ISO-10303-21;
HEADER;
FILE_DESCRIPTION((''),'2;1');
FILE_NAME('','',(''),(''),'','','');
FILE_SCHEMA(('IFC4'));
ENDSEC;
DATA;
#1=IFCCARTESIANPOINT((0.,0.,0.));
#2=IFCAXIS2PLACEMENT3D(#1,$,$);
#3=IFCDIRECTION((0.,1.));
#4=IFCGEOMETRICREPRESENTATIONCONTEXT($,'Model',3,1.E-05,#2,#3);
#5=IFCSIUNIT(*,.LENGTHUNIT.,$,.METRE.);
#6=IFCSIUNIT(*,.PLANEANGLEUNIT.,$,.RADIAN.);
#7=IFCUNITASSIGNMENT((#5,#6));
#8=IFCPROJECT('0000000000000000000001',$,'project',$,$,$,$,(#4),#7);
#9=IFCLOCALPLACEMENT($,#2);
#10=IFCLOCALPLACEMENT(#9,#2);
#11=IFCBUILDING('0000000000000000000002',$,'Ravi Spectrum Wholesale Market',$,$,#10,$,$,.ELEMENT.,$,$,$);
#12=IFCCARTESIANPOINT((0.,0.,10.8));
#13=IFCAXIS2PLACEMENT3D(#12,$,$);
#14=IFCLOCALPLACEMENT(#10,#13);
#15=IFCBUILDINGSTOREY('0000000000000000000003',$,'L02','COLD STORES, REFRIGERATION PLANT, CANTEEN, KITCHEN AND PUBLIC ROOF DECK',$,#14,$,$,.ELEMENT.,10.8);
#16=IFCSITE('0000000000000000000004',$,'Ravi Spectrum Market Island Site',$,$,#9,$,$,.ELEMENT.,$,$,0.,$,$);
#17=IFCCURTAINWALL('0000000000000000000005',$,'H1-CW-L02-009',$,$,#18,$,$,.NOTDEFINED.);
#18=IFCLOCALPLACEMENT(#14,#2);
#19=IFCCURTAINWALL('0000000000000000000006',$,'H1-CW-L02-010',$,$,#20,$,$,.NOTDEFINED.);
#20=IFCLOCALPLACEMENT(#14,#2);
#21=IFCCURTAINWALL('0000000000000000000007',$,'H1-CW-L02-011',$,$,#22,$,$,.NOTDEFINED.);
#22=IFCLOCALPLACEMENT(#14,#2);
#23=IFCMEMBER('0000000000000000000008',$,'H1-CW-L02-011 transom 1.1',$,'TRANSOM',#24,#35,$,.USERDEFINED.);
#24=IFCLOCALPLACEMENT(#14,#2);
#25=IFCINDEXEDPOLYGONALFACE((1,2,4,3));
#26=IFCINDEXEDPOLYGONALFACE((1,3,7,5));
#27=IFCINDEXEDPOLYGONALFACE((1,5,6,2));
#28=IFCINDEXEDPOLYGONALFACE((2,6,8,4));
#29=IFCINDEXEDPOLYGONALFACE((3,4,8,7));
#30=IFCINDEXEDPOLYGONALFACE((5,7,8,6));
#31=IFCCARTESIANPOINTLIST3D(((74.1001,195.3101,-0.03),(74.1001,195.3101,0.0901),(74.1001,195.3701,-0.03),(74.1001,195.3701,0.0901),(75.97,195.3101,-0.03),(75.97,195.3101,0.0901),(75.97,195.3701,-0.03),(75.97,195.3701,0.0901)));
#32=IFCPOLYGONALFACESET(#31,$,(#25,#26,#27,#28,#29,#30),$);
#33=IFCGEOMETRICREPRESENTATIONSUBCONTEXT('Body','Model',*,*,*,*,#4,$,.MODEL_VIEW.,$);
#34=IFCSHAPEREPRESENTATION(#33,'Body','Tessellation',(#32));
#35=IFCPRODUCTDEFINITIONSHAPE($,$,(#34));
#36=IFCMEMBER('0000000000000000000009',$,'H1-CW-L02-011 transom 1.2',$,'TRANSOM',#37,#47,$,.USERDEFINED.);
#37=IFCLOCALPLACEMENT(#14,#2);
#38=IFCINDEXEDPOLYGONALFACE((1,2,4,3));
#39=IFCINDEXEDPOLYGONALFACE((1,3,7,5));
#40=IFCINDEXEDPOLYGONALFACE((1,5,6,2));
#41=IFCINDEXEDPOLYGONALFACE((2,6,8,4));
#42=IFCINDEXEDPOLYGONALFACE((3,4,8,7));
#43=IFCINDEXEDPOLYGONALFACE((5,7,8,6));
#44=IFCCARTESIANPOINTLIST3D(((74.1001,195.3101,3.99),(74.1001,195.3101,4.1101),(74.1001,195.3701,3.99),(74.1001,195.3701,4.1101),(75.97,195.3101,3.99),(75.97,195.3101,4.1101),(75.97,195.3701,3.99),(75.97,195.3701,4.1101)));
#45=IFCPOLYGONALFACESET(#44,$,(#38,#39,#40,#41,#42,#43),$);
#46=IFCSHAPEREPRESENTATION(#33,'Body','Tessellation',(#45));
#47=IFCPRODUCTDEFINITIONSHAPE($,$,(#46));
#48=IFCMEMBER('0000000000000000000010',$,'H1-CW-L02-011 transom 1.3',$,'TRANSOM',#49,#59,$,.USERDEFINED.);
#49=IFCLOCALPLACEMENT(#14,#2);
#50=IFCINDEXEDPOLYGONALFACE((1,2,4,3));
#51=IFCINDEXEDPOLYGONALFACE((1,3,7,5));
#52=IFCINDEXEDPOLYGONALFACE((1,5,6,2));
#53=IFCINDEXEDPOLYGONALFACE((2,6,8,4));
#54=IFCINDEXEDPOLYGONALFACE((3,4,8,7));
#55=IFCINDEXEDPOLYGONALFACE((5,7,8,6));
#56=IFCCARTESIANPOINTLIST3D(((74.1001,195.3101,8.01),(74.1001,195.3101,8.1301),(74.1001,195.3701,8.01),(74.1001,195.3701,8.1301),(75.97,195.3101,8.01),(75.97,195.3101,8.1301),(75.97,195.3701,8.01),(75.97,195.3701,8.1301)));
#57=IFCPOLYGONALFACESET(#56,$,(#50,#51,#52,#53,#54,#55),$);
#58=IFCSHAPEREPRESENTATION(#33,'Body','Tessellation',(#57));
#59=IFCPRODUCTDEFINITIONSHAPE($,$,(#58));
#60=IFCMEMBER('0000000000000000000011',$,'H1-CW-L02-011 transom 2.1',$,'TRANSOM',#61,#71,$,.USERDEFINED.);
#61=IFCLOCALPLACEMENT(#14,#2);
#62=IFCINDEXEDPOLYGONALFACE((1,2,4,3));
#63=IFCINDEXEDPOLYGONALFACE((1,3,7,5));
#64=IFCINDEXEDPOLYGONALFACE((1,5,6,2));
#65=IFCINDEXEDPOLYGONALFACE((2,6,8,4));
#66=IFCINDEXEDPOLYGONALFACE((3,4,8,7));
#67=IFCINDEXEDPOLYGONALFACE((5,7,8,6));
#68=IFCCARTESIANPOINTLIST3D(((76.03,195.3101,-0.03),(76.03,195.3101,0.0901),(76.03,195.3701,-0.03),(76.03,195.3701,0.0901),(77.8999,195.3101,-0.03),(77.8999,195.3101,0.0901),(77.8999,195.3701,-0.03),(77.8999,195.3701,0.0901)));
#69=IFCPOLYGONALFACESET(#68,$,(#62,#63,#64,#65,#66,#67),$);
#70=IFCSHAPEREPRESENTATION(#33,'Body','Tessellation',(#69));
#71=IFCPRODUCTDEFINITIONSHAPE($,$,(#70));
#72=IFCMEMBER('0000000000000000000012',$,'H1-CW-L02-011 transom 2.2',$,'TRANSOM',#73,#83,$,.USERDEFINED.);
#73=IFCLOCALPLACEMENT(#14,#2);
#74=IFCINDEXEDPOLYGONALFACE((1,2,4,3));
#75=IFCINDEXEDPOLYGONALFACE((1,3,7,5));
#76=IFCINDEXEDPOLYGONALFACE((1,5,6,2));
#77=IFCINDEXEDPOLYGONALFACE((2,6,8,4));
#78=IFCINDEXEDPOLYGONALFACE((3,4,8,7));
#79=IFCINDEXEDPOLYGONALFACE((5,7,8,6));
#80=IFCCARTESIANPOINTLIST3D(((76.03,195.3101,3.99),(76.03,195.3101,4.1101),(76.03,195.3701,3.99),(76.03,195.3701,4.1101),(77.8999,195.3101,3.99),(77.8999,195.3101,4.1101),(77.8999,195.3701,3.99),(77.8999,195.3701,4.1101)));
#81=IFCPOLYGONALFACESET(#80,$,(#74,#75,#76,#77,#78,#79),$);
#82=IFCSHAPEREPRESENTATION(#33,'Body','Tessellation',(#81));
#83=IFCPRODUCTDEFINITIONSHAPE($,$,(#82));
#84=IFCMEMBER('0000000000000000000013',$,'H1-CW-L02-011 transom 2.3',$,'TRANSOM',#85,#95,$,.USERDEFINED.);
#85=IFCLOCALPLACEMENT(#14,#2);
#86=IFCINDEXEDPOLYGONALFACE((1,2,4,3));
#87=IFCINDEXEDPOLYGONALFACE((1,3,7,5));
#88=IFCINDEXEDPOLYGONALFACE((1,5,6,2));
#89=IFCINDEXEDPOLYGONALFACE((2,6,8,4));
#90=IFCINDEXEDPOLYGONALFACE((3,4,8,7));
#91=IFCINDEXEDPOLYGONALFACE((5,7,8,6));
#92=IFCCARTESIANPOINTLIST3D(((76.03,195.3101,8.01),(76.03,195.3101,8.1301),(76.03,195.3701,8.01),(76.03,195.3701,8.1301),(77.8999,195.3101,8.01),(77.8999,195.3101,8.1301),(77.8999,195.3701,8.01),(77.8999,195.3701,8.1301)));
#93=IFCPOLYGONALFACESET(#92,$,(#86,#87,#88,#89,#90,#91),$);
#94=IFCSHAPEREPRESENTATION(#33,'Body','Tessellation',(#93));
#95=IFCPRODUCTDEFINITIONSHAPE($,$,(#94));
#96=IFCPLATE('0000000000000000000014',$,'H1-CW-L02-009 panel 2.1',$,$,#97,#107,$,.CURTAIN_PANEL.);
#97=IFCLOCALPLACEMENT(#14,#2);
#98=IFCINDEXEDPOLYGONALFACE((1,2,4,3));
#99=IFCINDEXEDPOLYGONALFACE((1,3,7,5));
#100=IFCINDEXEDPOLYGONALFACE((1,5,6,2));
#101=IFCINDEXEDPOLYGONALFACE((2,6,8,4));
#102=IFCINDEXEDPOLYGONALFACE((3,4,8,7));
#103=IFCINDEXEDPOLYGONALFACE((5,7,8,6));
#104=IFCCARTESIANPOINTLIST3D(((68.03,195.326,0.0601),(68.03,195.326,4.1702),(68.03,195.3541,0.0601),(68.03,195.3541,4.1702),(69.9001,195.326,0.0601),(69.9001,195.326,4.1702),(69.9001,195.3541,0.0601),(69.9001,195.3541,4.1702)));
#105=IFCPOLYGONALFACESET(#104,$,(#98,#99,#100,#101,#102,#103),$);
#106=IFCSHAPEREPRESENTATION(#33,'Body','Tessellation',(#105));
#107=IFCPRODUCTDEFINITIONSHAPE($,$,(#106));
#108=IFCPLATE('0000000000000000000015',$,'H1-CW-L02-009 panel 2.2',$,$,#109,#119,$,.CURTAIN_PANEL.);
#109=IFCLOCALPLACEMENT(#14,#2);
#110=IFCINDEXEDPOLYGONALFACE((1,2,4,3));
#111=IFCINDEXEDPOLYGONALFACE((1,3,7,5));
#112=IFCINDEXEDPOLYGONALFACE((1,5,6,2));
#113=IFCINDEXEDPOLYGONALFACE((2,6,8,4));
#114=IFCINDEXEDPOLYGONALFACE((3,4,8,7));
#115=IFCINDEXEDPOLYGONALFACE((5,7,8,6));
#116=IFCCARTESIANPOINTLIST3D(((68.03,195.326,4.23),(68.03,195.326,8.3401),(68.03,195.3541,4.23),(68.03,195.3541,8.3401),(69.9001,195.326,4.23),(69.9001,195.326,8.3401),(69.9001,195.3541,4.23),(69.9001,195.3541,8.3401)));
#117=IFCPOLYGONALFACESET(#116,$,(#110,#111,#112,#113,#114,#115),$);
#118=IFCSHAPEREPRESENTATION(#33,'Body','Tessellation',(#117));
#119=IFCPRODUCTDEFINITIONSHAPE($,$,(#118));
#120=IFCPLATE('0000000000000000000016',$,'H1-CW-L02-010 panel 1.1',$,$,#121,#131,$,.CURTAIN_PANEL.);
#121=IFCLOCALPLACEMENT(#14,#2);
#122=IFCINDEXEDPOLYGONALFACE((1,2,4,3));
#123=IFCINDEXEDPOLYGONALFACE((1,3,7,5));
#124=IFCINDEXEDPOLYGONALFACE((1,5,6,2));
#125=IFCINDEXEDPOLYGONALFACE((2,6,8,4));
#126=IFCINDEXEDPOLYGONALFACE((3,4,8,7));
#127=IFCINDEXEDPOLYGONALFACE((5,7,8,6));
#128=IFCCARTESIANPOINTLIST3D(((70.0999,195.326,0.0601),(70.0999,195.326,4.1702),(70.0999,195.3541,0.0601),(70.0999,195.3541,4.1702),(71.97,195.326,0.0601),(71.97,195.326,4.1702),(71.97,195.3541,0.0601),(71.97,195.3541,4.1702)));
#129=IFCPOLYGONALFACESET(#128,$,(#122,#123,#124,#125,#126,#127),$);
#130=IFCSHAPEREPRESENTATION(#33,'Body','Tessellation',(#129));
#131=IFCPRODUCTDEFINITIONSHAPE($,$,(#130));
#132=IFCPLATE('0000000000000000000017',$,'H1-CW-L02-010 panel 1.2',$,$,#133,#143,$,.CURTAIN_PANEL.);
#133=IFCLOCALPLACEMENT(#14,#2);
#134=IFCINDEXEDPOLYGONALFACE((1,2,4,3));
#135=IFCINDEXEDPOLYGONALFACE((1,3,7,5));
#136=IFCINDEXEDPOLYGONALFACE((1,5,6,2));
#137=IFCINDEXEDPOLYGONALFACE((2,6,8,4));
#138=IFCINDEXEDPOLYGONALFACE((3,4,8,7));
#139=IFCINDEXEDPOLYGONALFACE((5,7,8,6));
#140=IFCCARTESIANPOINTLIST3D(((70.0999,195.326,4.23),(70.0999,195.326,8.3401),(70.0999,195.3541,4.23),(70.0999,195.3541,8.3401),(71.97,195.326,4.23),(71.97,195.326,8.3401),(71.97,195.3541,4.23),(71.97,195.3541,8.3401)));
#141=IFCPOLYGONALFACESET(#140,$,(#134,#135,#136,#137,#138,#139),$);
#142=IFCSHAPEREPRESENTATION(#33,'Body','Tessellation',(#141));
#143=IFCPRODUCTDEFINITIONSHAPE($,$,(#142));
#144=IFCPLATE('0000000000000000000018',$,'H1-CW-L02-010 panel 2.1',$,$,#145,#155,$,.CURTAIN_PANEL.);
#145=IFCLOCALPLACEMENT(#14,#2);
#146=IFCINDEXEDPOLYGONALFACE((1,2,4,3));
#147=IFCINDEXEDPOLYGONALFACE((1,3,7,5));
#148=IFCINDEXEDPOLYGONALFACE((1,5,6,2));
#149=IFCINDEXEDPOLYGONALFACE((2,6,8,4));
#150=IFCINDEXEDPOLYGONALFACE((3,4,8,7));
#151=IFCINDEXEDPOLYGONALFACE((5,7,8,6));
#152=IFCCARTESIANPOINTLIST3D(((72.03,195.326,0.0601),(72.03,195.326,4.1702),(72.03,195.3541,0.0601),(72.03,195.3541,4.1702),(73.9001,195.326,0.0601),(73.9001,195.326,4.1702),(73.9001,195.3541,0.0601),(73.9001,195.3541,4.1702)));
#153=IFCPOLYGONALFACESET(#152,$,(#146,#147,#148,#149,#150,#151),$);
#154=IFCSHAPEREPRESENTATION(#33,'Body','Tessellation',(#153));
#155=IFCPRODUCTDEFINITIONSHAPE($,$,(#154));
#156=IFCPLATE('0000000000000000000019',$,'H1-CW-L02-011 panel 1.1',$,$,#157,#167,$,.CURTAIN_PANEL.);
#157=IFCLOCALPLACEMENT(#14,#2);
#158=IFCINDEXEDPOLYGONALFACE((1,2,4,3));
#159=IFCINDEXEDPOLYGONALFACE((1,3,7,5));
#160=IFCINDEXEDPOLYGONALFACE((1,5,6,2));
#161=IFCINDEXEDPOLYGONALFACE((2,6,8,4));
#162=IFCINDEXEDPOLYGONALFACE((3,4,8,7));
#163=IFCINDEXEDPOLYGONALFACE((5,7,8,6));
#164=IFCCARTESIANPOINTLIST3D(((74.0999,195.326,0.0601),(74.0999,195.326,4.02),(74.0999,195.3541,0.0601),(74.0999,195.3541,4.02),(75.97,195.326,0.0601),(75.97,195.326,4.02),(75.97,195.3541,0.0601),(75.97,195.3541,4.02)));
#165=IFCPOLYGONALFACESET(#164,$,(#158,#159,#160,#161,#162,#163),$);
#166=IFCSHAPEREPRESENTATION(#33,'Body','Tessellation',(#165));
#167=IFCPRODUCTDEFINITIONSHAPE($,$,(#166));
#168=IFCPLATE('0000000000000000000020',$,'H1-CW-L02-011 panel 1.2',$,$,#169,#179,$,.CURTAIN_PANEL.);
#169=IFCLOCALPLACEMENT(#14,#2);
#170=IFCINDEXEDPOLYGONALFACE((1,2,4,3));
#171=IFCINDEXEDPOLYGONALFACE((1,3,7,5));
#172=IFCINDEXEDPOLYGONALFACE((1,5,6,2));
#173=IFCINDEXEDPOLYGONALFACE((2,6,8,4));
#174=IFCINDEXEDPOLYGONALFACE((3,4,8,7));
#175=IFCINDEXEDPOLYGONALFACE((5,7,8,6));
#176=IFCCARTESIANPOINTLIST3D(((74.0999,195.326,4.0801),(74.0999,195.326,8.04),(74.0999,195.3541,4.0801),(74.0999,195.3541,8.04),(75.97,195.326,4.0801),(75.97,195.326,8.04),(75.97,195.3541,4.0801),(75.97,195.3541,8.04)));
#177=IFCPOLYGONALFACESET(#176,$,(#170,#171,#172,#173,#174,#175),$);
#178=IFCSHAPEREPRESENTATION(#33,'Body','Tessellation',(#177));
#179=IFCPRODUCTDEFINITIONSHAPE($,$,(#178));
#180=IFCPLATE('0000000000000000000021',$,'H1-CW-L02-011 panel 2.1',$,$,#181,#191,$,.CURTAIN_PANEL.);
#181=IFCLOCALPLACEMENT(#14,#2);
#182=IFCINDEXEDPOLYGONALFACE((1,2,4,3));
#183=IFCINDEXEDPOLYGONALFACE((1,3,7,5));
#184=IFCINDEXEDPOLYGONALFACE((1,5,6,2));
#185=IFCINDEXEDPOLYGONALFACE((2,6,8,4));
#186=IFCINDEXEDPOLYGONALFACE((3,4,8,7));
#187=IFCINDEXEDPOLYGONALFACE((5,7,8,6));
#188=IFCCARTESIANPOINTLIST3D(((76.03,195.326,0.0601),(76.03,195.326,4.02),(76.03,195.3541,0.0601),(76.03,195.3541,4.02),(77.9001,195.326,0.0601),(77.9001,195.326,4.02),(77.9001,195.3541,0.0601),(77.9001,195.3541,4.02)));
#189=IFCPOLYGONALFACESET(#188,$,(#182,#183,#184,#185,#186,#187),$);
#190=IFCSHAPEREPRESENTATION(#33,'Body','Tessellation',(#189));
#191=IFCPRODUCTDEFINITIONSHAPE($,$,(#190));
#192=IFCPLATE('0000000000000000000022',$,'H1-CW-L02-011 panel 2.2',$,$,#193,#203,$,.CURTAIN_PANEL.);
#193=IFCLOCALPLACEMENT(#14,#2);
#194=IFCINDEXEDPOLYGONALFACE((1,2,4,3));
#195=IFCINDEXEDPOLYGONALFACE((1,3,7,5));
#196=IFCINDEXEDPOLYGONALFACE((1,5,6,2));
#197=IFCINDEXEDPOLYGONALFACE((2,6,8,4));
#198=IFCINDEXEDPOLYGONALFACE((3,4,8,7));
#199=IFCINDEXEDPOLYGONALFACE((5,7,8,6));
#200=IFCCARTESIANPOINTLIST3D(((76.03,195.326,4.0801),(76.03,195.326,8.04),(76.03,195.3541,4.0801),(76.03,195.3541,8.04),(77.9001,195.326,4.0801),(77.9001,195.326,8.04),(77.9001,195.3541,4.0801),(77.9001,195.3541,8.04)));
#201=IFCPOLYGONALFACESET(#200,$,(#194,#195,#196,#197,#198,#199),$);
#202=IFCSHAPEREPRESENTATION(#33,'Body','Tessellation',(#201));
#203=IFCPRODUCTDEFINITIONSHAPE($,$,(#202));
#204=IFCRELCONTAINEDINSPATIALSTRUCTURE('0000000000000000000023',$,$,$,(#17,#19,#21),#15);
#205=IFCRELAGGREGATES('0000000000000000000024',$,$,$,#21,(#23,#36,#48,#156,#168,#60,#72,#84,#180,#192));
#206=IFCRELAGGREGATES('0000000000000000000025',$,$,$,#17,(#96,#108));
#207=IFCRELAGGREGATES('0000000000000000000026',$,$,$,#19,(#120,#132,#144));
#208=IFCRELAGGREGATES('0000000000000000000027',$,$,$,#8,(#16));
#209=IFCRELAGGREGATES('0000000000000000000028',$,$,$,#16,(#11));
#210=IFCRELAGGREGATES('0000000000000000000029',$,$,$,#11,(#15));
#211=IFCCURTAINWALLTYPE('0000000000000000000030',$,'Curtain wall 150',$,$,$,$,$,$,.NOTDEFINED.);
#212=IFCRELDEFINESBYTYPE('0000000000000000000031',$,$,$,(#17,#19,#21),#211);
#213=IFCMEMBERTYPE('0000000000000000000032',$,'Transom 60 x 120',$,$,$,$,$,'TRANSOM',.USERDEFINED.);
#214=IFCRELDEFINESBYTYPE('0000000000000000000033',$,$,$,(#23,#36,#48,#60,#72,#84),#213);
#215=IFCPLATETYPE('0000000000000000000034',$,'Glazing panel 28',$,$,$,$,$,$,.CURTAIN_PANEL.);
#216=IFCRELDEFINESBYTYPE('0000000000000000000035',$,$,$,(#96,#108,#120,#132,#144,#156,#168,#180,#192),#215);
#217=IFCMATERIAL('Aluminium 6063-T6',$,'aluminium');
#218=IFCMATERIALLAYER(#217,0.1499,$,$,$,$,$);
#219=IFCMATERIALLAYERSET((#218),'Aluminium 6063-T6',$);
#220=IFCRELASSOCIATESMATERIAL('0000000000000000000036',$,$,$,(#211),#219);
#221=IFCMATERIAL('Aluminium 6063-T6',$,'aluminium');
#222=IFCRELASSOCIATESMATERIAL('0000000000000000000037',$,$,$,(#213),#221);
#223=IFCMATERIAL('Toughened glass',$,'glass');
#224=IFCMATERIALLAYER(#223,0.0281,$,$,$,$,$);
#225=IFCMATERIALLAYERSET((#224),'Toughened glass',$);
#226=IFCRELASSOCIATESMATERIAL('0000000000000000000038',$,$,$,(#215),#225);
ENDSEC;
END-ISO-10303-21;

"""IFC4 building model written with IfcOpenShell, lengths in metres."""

from ifc_helpers import new_model, si_unit, direction, frame, origin, origin_2d, place, context, subcontext, project, spatial, rectangle, extrude, material, layer, layer_set, material_profile, profile_set, type_object, element, aggregate, save


model = new_model("IFC4")

# Units and contexts
model_context = context("Model", 3, precision=1e-05, world=origin(), true_north=direction((0.0, 1.0)))
body_context = subcontext(model_context, "Body", "Model", "MODEL_VIEW")
ifc_project = project(units=[si_unit("LENGTHUNIT", "METRE"), si_unit("PLANEANGLEUNIT", "RADIAN")], contexts=[model_context])

# Site, building, storey
site_placement = place(None, origin())
site = spatial("IfcSite", under=ifc_project, at=site_placement, Name="Ravi Spectrum Market Island Site", CompositionType="ELEMENT", RefElevation=0.0)
building_placement = place(site_placement, origin())
building = spatial("IfcBuilding", under=site, at=building_placement, Name="Ravi Spectrum Wholesale Market", CompositionType="ELEMENT")
storey_placement = place(building_placement, frame((0.0, 0.0, 10.8)))
storey = spatial("IfcBuildingStorey", under=building, at=storey_placement, Name="L02", Description="COLD STORES, REFRIGERATION PLANT, CANTEEN, KITCHEN AND PUBLIC ROOF DECK", CompositionType="ELEMENT", Elevation=10.8)

# Curtain walls
ifc_material_1 = material(Name="Aluminium 6063-T6", Category="aluminium")
ifc_layer_1 = layer(ifc_material_1, 0.1499)
ifc_layer_set_1 = layer_set([ifc_layer_1], Name="Aluminium 6063-T6")
curtain_wall_type = type_object("IfcCurtainWallType", Name="Curtain wall 150", PredefinedType="NOTDEFINED", material=ifc_layer_set_1)
curtain_wall_1_placement = place(storey_placement, origin())
curtain_wall_1 = element("IfcCurtainWall", 1, at=curtain_wall_1_placement, inside=storey, type_object=curtain_wall_type, Name="H1-CW-L02-009", PredefinedType="NOTDEFINED")
curtain_wall_2_placement = place(storey_placement, origin())
curtain_wall_2 = element("IfcCurtainWall", 2, at=curtain_wall_2_placement, inside=storey, type_object=curtain_wall_type, Name="H1-CW-L02-010", PredefinedType="NOTDEFINED")
curtain_wall_3_placement = place(storey_placement, origin())
curtain_wall_3 = element("IfcCurtainWall", 3, at=curtain_wall_3_placement, inside=storey, type_object=curtain_wall_type, Name="H1-CW-L02-011", PredefinedType="NOTDEFINED")

# Members
ifc_material_2 = material(Name="Aluminium 6063-T6", Category="aluminium")
ifc_material_profile_1 = material_profile(ifc_material_2, rectangle(XDim=0.0601, YDim=0.1201, at=origin_2d()))
ifc_profile_set_1 = profile_set([ifc_material_profile_1], Name="Aluminium 6063-T6")
member_type_1 = type_object("IfcMemberType", Name="Transom 60 x 120", ElementType="TRANSOM", PredefinedType="USERDEFINED", material=ifc_profile_set_1)
member_1_placement = place(storey_placement, frame((74.1001, 195.3401, 0.03), z_axis=(1.0, 0.0, 0.0), x_axis=(0.0, 1.0, 0.0)))
member_1 = element("IfcMember", 4, at=member_1_placement, type_object=member_type_1, Name="H1-CW-L02-011 transom 1.1", ObjectType="TRANSOM", PredefinedType="USERDEFINED", context=body_context, shape_type="SweptSolid", body=[
    extrude(rectangle(XDim=0.0601, YDim=0.1201, at=origin_2d()), origin(), (0.0, 0.0, 1.0), 1.8699),
])
member_2_placement = place(storey_placement, frame((74.1001, 195.3401, 4.05), z_axis=(1.0, 0.0, 0.0), x_axis=(0.0, 1.0, 0.0)))
member_2 = element("IfcMember", 5, at=member_2_placement, type_object=member_type_1, Name="H1-CW-L02-011 transom 1.2", ObjectType="TRANSOM", PredefinedType="USERDEFINED", context=body_context, shape_type="SweptSolid", body=[
    extrude(rectangle(XDim=0.0601, YDim=0.1201, at=origin_2d()), origin(), (0.0, 0.0, 1.0), 1.8699),
])
member_3_placement = place(storey_placement, frame((74.1001, 195.3401, 8.0701), z_axis=(1.0, 0.0, 0.0), x_axis=(0.0, 1.0, 0.0)))
member_3 = element("IfcMember", 6, at=member_3_placement, type_object=member_type_1, Name="H1-CW-L02-011 transom 1.3", ObjectType="TRANSOM", PredefinedType="USERDEFINED", context=body_context, shape_type="SweptSolid", body=[
    extrude(rectangle(XDim=0.0601, YDim=0.1201, at=origin_2d()), origin(), (0.0, 0.0, 1.0), 1.8699),
])
member_4_placement = place(storey_placement, frame((76.03, 195.3401, 0.03), z_axis=(1.0, 0.0, 0.0), x_axis=(0.0, 1.0, 0.0)))
member_4 = element("IfcMember", 7, at=member_4_placement, type_object=member_type_1, Name="H1-CW-L02-011 transom 2.1", ObjectType="TRANSOM", PredefinedType="USERDEFINED", context=body_context, shape_type="SweptSolid", body=[
    extrude(rectangle(XDim=0.0601, YDim=0.1201, at=origin_2d()), origin(), (0.0, 0.0, 1.0), 1.8699),
])
member_5_placement = place(storey_placement, frame((76.03, 195.3401, 4.05), z_axis=(1.0, 0.0, 0.0), x_axis=(0.0, 1.0, 0.0)))
member_5 = element("IfcMember", 8, at=member_5_placement, type_object=member_type_1, Name="H1-CW-L02-011 transom 2.2", ObjectType="TRANSOM", PredefinedType="USERDEFINED", context=body_context, shape_type="SweptSolid", body=[
    extrude(rectangle(XDim=0.0601, YDim=0.1201, at=origin_2d()), origin(), (0.0, 0.0, 1.0), 1.8699),
])
member_6_placement = place(storey_placement, frame((76.03, 195.3401, 8.0701), z_axis=(1.0, 0.0, 0.0), x_axis=(0.0, 1.0, 0.0)))
member_6 = element("IfcMember", 9, at=member_6_placement, type_object=member_type_1, Name="H1-CW-L02-011 transom 2.3", ObjectType="TRANSOM", PredefinedType="USERDEFINED", context=body_context, shape_type="SweptSolid", body=[
    extrude(rectangle(XDim=0.0601, YDim=0.1201, at=origin_2d()), origin(), (0.0, 0.0, 1.0), 1.8699),
])

# Plates
ifc_material_3 = material(Name="Toughened glass", Category="glass")
ifc_layer_2 = layer(ifc_material_3, 0.0281)
ifc_layer_set_2 = layer_set([ifc_layer_2], Name="Toughened glass")
plate_type_1 = type_object("IfcPlateType", Name="Glazing panel 28", PredefinedType="CURTAIN_PANEL", material=ifc_layer_set_2)
plate_1_placement = place(storey_placement, frame((68.9651, 195.3401, 0.0601), z_axis=(0.0, 0.0, 1.0), x_axis=(1.0, 0.0, 0.0)))
plate_1 = element("IfcPlate", 10, at=plate_1_placement, type_object=plate_type_1, Name="H1-CW-L02-009 panel 2.1", PredefinedType="CURTAIN_PANEL", context=body_context, shape_type="SweptSolid", body=[
    extrude(rectangle(XDim=1.8701, YDim=0.0281, at=origin_2d()), origin(), (0.0, 0.0, 1.0), 4.1101),
])
plate_2_placement = place(storey_placement, frame((68.9651, 195.3401, 4.23), z_axis=(0.0, 0.0, 1.0), x_axis=(1.0, 0.0, 0.0)))
plate_2 = element("IfcPlate", 11, at=plate_2_placement, type_object=plate_type_1, Name="H1-CW-L02-009 panel 2.2", PredefinedType="CURTAIN_PANEL", context=body_context, shape_type="SweptSolid", body=[
    extrude(rectangle(XDim=1.8701, YDim=0.0281, at=origin_2d()), origin(), (0.0, 0.0, 1.0), 4.1101),
])
plate_3_placement = place(storey_placement, frame((71.0349, 195.3401, 0.0601), z_axis=(0.0, 0.0, 1.0), x_axis=(1.0, 0.0, 0.0)))
plate_3 = element("IfcPlate", 12, at=plate_3_placement, type_object=plate_type_1, Name="H1-CW-L02-010 panel 1.1", PredefinedType="CURTAIN_PANEL", context=body_context, shape_type="SweptSolid", body=[
    extrude(rectangle(XDim=1.8701, YDim=0.0281, at=origin_2d()), origin(), (0.0, 0.0, 1.0), 4.1101),
])
plate_4_placement = place(storey_placement, frame((71.0349, 195.3401, 4.23), z_axis=(0.0, 0.0, 1.0), x_axis=(1.0, 0.0, 0.0)))
plate_4 = element("IfcPlate", 13, at=plate_4_placement, type_object=plate_type_1, Name="H1-CW-L02-010 panel 1.2", PredefinedType="CURTAIN_PANEL", context=body_context, shape_type="SweptSolid", body=[
    extrude(rectangle(XDim=1.8701, YDim=0.0281, at=origin_2d()), origin(), (0.0, 0.0, 1.0), 4.1101),
])
plate_5_placement = place(storey_placement, frame((72.9651, 195.3401, 0.0601), z_axis=(0.0, 0.0, 1.0), x_axis=(1.0, 0.0, 0.0)))
plate_5 = element("IfcPlate", 14, at=plate_5_placement, type_object=plate_type_1, Name="H1-CW-L02-010 panel 2.1", PredefinedType="CURTAIN_PANEL", context=body_context, shape_type="SweptSolid", body=[
    extrude(rectangle(XDim=1.8701, YDim=0.0281, at=origin_2d()), origin(), (0.0, 0.0, 1.0), 4.1101),
])
plate_6_placement = place(storey_placement, frame((75.0349, 195.3401, 0.0601), z_axis=(0.0, 0.0, 1.0), x_axis=(1.0, 0.0, 0.0)))
plate_6 = element("IfcPlate", 15, at=plate_6_placement, type_object=plate_type_1, Name="H1-CW-L02-011 panel 1.1", PredefinedType="CURTAIN_PANEL", context=body_context, shape_type="SweptSolid", body=[
    extrude(rectangle(XDim=1.8701, YDim=0.0281, at=origin_2d()), origin(), (0.0, 0.0, 1.0), 3.96),
])
plate_7_placement = place(storey_placement, frame((75.0349, 195.3401, 4.0801), z_axis=(0.0, 0.0, 1.0), x_axis=(1.0, 0.0, 0.0)))
plate_7 = element("IfcPlate", 16, at=plate_7_placement, type_object=plate_type_1, Name="H1-CW-L02-011 panel 1.2", PredefinedType="CURTAIN_PANEL", context=body_context, shape_type="SweptSolid", body=[
    extrude(rectangle(XDim=1.8701, YDim=0.0281, at=origin_2d()), origin(), (0.0, 0.0, 1.0), 3.96),
])
plate_8_placement = place(storey_placement, frame((76.9651, 195.3401, 0.0601), z_axis=(0.0, 0.0, 1.0), x_axis=(1.0, 0.0, 0.0)))
plate_8 = element("IfcPlate", 17, at=plate_8_placement, type_object=plate_type_1, Name="H1-CW-L02-011 panel 2.1", PredefinedType="CURTAIN_PANEL", context=body_context, shape_type="SweptSolid", body=[
    extrude(rectangle(XDim=1.8701, YDim=0.0281, at=origin_2d()), origin(), (0.0, 0.0, 1.0), 3.96),
])
plate_9_placement = place(storey_placement, frame((76.9651, 195.3401, 4.0801), z_axis=(0.0, 0.0, 1.0), x_axis=(1.0, 0.0, 0.0)))
plate_9 = element("IfcPlate", 18, at=plate_9_placement, type_object=plate_type_1, Name="H1-CW-L02-011 panel 2.2", PredefinedType="CURTAIN_PANEL", context=body_context, shape_type="SweptSolid", body=[
    extrude(rectangle(XDim=1.8701, YDim=0.0281, at=origin_2d()), origin(), (0.0, 0.0, 1.0), 3.96),
])
aggregate(curtain_wall_3, [member_1, member_2, member_3, plate_6, plate_7, member_4, member_5, member_6, plate_8, plate_9])
aggregate(curtain_wall_1, [plate_1, plate_2])
aggregate(curtain_wall_2, [plate_3, plate_4, plate_5])

save(model, "model.ifc")
